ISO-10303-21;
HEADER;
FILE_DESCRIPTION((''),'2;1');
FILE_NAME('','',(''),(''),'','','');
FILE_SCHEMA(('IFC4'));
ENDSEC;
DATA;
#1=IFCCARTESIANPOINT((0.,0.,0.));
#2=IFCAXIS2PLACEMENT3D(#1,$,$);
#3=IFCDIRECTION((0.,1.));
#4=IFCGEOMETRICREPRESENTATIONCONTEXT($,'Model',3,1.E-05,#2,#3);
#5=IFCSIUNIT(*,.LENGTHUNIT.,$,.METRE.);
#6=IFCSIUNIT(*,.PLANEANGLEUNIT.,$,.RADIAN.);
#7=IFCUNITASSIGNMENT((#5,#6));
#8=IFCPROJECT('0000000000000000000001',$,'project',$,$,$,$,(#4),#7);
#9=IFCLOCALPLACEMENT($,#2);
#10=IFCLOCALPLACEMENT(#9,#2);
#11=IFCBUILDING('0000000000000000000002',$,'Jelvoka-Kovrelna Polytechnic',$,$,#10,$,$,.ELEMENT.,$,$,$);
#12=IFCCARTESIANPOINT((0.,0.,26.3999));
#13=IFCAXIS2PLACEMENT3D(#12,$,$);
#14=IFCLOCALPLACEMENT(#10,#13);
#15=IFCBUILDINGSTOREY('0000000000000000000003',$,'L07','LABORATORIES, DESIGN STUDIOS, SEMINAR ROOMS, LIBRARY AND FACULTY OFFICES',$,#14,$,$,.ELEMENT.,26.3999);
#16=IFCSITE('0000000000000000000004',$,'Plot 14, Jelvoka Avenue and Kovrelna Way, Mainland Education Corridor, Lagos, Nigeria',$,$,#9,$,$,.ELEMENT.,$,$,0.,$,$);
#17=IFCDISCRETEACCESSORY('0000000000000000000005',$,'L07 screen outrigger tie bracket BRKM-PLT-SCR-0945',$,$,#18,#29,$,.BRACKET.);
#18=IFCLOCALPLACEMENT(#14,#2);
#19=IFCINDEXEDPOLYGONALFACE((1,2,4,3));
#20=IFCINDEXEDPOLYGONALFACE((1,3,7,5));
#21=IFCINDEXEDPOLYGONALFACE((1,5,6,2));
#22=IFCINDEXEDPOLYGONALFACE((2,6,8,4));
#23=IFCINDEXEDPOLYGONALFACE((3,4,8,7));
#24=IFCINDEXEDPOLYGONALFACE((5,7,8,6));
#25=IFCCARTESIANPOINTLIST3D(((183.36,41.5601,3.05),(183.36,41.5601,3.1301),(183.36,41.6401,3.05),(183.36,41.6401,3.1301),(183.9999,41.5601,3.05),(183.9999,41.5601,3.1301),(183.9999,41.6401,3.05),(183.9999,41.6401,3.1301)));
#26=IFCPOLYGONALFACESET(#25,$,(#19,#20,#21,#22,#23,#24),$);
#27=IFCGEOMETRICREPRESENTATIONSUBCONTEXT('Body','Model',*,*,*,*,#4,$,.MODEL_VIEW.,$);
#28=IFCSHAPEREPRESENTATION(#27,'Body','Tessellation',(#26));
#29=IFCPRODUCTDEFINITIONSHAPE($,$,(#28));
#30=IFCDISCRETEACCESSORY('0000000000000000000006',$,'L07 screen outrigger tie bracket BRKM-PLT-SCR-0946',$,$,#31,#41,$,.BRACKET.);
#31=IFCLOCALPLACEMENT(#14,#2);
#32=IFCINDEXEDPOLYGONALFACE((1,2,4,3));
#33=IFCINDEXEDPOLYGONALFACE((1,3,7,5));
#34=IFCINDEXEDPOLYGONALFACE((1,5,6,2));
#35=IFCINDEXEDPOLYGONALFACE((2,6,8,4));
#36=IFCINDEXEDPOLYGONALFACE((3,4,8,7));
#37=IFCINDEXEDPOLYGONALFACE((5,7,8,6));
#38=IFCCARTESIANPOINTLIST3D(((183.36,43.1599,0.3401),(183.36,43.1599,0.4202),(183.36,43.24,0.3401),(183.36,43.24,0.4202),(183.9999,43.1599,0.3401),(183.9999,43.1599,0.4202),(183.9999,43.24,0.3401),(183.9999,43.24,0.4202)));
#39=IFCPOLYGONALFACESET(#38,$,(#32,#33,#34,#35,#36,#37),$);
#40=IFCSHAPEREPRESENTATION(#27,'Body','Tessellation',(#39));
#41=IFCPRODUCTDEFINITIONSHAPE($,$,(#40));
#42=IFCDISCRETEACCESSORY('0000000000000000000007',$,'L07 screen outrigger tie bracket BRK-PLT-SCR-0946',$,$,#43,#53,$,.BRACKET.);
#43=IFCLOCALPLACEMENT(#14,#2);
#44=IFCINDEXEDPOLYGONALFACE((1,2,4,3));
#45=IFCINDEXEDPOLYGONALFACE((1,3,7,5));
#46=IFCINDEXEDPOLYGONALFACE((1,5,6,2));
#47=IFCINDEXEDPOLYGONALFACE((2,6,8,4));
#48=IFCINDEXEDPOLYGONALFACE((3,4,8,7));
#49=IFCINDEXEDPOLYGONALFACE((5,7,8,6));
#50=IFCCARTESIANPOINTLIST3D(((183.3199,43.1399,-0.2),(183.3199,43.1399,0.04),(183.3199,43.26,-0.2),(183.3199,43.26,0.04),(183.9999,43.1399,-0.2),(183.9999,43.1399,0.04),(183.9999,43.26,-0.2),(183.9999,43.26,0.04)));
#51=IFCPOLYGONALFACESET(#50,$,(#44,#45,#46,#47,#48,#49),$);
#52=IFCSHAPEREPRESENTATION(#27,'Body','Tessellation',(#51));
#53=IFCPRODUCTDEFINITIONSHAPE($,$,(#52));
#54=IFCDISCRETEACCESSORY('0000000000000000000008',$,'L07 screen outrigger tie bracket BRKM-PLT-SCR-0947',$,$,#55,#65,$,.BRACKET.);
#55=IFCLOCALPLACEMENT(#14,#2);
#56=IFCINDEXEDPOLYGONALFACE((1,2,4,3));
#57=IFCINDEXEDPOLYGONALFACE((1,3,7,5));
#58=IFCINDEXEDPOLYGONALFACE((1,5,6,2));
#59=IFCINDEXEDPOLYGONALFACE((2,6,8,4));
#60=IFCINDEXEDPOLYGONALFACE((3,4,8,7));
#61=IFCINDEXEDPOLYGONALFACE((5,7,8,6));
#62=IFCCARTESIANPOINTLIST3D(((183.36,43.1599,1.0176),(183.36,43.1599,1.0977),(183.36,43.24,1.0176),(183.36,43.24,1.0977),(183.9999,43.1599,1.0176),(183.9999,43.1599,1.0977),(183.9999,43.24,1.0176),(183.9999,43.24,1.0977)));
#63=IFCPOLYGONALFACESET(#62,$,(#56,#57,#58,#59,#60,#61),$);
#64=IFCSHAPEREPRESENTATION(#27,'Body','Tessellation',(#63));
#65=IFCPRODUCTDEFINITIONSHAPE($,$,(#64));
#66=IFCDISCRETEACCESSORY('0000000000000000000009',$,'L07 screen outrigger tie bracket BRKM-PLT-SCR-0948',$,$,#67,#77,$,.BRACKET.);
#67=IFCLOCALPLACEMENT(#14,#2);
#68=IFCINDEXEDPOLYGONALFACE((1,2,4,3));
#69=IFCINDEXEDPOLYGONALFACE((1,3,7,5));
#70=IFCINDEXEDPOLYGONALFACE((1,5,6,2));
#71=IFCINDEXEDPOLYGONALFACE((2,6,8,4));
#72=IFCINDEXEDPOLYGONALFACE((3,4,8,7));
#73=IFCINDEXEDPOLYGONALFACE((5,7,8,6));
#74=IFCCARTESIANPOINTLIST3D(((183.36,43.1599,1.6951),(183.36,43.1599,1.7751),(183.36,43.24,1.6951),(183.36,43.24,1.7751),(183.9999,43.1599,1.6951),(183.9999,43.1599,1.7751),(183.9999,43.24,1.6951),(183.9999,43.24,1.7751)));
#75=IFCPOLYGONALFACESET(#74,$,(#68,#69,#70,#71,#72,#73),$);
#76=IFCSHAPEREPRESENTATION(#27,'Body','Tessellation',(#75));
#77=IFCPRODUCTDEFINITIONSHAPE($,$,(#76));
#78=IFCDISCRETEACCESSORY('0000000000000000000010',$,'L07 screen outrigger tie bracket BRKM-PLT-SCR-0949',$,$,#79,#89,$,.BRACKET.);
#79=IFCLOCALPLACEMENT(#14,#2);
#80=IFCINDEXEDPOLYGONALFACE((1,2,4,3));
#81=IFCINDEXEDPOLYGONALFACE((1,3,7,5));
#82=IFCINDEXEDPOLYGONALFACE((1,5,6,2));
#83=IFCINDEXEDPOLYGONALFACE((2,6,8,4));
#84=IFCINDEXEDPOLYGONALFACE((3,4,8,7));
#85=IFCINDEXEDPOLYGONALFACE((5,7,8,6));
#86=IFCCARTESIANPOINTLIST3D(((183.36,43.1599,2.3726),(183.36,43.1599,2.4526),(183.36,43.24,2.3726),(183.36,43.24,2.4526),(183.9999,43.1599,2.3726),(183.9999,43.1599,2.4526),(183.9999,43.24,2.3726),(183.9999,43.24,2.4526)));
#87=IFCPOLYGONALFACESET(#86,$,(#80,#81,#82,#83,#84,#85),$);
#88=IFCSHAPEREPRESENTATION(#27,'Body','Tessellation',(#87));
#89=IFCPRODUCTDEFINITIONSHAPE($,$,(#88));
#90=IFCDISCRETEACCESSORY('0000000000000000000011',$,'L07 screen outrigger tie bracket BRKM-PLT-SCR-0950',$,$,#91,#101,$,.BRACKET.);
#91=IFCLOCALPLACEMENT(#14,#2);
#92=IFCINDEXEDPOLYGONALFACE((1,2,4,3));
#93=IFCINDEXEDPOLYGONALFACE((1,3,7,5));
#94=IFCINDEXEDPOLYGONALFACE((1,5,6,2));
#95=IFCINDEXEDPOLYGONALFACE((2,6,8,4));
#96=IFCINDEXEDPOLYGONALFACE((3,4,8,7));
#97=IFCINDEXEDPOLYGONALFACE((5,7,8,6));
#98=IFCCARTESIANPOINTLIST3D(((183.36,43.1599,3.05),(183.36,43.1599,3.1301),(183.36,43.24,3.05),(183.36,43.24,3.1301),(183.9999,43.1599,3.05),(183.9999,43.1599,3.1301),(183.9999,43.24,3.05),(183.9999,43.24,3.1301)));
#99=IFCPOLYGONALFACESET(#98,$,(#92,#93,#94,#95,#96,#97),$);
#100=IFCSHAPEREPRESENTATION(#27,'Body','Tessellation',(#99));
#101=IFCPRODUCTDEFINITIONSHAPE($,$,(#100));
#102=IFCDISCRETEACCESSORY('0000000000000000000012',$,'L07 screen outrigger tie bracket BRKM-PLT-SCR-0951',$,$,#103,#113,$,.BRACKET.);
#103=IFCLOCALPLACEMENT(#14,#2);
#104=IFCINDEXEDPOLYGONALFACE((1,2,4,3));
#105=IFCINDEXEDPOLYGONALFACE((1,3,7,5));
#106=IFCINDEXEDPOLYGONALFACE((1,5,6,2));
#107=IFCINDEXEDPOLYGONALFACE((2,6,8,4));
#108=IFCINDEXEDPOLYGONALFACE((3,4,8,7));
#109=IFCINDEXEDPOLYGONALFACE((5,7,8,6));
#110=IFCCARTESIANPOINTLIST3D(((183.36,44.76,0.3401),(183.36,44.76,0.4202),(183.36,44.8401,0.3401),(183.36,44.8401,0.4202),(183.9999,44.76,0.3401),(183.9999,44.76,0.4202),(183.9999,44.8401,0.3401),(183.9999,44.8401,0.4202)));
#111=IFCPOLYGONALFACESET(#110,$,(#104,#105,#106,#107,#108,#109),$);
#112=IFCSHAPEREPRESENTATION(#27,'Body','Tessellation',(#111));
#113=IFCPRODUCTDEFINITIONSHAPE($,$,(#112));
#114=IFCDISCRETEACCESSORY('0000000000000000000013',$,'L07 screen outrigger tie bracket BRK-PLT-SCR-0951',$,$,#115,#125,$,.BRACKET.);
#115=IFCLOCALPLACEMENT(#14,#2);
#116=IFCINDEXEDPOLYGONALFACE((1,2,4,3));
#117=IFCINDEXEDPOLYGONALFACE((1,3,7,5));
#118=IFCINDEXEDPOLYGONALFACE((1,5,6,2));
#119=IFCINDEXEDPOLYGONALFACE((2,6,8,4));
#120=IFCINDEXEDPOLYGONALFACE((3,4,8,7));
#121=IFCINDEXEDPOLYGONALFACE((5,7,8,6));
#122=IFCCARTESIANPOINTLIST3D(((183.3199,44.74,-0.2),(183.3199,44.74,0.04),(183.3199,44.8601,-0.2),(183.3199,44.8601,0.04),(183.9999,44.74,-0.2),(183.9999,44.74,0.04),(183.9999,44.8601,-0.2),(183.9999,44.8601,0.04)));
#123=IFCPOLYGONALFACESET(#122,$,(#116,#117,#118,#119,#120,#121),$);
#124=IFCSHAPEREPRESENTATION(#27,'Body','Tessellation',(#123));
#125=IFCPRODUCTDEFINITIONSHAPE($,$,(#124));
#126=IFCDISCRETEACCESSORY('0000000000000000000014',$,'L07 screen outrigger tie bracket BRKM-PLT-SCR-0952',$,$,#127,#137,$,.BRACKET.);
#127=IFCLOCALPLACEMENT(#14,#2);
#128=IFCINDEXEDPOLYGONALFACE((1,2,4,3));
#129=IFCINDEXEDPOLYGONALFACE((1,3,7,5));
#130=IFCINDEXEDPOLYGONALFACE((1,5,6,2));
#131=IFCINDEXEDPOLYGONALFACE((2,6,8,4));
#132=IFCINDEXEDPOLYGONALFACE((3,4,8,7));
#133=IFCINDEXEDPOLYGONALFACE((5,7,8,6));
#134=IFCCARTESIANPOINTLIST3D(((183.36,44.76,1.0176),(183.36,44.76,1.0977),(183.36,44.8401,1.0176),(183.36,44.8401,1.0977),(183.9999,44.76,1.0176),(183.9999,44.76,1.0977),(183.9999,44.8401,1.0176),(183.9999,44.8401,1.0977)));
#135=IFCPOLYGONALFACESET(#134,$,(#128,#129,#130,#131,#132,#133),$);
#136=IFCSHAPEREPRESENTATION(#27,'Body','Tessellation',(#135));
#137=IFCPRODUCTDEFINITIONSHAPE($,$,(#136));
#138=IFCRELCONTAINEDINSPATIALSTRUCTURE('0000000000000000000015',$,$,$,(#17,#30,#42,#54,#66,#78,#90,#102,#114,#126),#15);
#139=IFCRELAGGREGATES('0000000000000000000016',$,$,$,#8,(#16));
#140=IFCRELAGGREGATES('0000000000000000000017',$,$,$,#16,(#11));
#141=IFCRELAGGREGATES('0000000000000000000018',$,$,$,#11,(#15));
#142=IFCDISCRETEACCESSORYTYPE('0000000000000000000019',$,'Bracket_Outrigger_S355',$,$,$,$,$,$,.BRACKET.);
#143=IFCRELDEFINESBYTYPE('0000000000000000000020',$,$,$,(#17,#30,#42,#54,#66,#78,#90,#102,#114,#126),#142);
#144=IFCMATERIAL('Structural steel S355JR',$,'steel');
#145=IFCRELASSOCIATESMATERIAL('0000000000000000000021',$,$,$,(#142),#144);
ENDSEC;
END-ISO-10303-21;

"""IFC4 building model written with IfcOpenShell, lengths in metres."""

from ifc_helpers import new_model, si_unit, direction, frame, origin, origin_2d, place, context, subcontext, project, spatial, rectangle, extrude, material, type_object, element, save


model = new_model("IFC4")

# Units and contexts
model_context = context("Model", 3, precision=1e-05, world=origin(), true_north=direction((0.0, 1.0)))
body_context = subcontext(model_context, "Body", "Model", "MODEL_VIEW")
ifc_project = project(units=[si_unit("LENGTHUNIT", "METRE"), si_unit("PLANEANGLEUNIT", "RADIAN")], contexts=[model_context])

# Site, building, storey
site_placement = place(None, origin())
site = spatial("IfcSite", under=ifc_project, at=site_placement, Name="Plot 14, Jelvoka Avenue and Kovrelna Way, Mainland Education Corridor, Lagos, Nigeria", CompositionType="ELEMENT", RefElevation=0.0)
building_placement = place(site_placement, origin())
building = spatial("IfcBuilding", under=site, at=building_placement, Name="Jelvoka-Kovrelna Polytechnic", CompositionType="ELEMENT")
storey_placement = place(building_placement, frame((0.0, 0.0, 26.3999)))
storey = spatial("IfcBuildingStorey", under=building, at=storey_placement, Name="L07", Description="LABORATORIES, DESIGN STUDIOS, SEMINAR ROOMS, LIBRARY AND FACULTY OFFICES", CompositionType="ELEMENT", Elevation=26.3999)

# Discrete accessories
ifc_material_1 = material(Name="Structural steel S355JR", Category="steel")
discrete_accessory_type = type_object("IfcDiscreteAccessoryType", Name="Bracket_Outrigger_S355", PredefinedType="BRACKET", material=ifc_material_1)
for number, where, z_axis, x_axis, name in (
    (1, (183.6799, 41.6001, 3.05), (0.0, 0.0, 1.0), (1.0, 0.0, 0.0), "L07 screen outrigger tie bracket BRKM-PLT-SCR-0945"),
    (2, (183.6799, 43.2, 0.3401), (0.0, 0.0, 1.0), (1.0, 0.0, 0.0), "L07 screen outrigger tie bracket BRKM-PLT-SCR-0946"),
):
    element("IfcDiscreteAccessory", number, at=place(storey_placement, frame(where, z_axis=z_axis, x_axis=x_axis)), inside=storey, type_object=discrete_accessory_type, Name=name, PredefinedType="BRACKET", context=body_context, shape_type="SweptSolid", body=[
        extrude(rectangle(XDim=0.6399, YDim=0.0801, at=origin_2d()), origin(), (0.0, 0.0, 1.0), 0.0801),
    ])
discrete_accessory_1_placement = place(storey_placement, frame((183.6599, 43.2, -0.2), z_axis=(0.0, 0.0, 1.0), x_axis=(1.0, 0.0, 0.0)))
element("IfcDiscreteAccessory", 3, at=discrete_accessory_1_placement, inside=storey, type_object=discrete_accessory_type, Name="L07 screen outrigger tie bracket BRK-PLT-SCR-0946", PredefinedType="BRACKET", context=body_context, shape_type="SweptSolid", body=[
    extrude(rectangle(XDim=0.6799, YDim=0.1201, at=origin_2d()), origin(), (0.0, 0.0, 1.0), 0.24),
])
for number, where, z_axis, x_axis, name in (
    (4, (183.6799, 43.2, 1.0176), (0.0, 0.0, 1.0), (1.0, 0.0, 0.0), "L07 screen outrigger tie bracket BRKM-PLT-SCR-0947"),
    (5, (183.6799, 43.2, 1.6951), (0.0, 0.0, 1.0), (1.0, 0.0, 0.0), "L07 screen outrigger tie bracket BRKM-PLT-SCR-0948"),
    (6, (183.6799, 43.2, 2.3726), (0.0, 0.0, 1.0), (1.0, 0.0, 0.0), "L07 screen outrigger tie bracket BRKM-PLT-SCR-0949"),
    (7, (183.6799, 43.2, 3.05), (0.0, 0.0, 1.0), (1.0, 0.0, 0.0), "L07 screen outrigger tie bracket BRKM-PLT-SCR-0950"),
    (8, (183.6799, 44.8, 0.3401), (0.0, 0.0, 1.0), (1.0, 0.0, 0.0), "L07 screen outrigger tie bracket BRKM-PLT-SCR-0951"),
):
    element("IfcDiscreteAccessory", number, at=place(storey_placement, frame(where, z_axis=z_axis, x_axis=x_axis)), inside=storey, type_object=discrete_accessory_type, Name=name, PredefinedType="BRACKET", context=body_context, shape_type="SweptSolid", body=[
        extrude(rectangle(XDim=0.6399, YDim=0.0801, at=origin_2d()), origin(), (0.0, 0.0, 1.0), 0.0801),
    ])
discrete_accessory_2_placement = place(storey_placement, frame((183.6599, 44.8, -0.2), z_axis=(0.0, 0.0, 1.0), x_axis=(1.0, 0.0, 0.0)))
element("IfcDiscreteAccessory", 9, at=discrete_accessory_2_placement, inside=storey, type_object=discrete_accessory_type, Name="L07 screen outrigger tie bracket BRK-PLT-SCR-0951", PredefinedType="BRACKET", context=body_context, shape_type="SweptSolid", body=[
    extrude(rectangle(XDim=0.6799, YDim=0.1201, at=origin_2d()), origin(), (0.0, 0.0, 1.0), 0.24),
])
discrete_accessory_3_placement = place(storey_placement, frame((183.6799, 44.8, 1.0176), z_axis=(0.0, 0.0, 1.0), x_axis=(1.0, 0.0, 0.0)))
element("IfcDiscreteAccessory", 10, at=discrete_accessory_3_placement, inside=storey, type_object=discrete_accessory_type, Name="L07 screen outrigger tie bracket BRKM-PLT-SCR-0952", PredefinedType="BRACKET", context=body_context, shape_type="SweptSolid", body=[
    extrude(rectangle(XDim=0.6399, YDim=0.0801, at=origin_2d()), origin(), (0.0, 0.0, 1.0), 0.0801),
])

save(model, "model.ifc")
